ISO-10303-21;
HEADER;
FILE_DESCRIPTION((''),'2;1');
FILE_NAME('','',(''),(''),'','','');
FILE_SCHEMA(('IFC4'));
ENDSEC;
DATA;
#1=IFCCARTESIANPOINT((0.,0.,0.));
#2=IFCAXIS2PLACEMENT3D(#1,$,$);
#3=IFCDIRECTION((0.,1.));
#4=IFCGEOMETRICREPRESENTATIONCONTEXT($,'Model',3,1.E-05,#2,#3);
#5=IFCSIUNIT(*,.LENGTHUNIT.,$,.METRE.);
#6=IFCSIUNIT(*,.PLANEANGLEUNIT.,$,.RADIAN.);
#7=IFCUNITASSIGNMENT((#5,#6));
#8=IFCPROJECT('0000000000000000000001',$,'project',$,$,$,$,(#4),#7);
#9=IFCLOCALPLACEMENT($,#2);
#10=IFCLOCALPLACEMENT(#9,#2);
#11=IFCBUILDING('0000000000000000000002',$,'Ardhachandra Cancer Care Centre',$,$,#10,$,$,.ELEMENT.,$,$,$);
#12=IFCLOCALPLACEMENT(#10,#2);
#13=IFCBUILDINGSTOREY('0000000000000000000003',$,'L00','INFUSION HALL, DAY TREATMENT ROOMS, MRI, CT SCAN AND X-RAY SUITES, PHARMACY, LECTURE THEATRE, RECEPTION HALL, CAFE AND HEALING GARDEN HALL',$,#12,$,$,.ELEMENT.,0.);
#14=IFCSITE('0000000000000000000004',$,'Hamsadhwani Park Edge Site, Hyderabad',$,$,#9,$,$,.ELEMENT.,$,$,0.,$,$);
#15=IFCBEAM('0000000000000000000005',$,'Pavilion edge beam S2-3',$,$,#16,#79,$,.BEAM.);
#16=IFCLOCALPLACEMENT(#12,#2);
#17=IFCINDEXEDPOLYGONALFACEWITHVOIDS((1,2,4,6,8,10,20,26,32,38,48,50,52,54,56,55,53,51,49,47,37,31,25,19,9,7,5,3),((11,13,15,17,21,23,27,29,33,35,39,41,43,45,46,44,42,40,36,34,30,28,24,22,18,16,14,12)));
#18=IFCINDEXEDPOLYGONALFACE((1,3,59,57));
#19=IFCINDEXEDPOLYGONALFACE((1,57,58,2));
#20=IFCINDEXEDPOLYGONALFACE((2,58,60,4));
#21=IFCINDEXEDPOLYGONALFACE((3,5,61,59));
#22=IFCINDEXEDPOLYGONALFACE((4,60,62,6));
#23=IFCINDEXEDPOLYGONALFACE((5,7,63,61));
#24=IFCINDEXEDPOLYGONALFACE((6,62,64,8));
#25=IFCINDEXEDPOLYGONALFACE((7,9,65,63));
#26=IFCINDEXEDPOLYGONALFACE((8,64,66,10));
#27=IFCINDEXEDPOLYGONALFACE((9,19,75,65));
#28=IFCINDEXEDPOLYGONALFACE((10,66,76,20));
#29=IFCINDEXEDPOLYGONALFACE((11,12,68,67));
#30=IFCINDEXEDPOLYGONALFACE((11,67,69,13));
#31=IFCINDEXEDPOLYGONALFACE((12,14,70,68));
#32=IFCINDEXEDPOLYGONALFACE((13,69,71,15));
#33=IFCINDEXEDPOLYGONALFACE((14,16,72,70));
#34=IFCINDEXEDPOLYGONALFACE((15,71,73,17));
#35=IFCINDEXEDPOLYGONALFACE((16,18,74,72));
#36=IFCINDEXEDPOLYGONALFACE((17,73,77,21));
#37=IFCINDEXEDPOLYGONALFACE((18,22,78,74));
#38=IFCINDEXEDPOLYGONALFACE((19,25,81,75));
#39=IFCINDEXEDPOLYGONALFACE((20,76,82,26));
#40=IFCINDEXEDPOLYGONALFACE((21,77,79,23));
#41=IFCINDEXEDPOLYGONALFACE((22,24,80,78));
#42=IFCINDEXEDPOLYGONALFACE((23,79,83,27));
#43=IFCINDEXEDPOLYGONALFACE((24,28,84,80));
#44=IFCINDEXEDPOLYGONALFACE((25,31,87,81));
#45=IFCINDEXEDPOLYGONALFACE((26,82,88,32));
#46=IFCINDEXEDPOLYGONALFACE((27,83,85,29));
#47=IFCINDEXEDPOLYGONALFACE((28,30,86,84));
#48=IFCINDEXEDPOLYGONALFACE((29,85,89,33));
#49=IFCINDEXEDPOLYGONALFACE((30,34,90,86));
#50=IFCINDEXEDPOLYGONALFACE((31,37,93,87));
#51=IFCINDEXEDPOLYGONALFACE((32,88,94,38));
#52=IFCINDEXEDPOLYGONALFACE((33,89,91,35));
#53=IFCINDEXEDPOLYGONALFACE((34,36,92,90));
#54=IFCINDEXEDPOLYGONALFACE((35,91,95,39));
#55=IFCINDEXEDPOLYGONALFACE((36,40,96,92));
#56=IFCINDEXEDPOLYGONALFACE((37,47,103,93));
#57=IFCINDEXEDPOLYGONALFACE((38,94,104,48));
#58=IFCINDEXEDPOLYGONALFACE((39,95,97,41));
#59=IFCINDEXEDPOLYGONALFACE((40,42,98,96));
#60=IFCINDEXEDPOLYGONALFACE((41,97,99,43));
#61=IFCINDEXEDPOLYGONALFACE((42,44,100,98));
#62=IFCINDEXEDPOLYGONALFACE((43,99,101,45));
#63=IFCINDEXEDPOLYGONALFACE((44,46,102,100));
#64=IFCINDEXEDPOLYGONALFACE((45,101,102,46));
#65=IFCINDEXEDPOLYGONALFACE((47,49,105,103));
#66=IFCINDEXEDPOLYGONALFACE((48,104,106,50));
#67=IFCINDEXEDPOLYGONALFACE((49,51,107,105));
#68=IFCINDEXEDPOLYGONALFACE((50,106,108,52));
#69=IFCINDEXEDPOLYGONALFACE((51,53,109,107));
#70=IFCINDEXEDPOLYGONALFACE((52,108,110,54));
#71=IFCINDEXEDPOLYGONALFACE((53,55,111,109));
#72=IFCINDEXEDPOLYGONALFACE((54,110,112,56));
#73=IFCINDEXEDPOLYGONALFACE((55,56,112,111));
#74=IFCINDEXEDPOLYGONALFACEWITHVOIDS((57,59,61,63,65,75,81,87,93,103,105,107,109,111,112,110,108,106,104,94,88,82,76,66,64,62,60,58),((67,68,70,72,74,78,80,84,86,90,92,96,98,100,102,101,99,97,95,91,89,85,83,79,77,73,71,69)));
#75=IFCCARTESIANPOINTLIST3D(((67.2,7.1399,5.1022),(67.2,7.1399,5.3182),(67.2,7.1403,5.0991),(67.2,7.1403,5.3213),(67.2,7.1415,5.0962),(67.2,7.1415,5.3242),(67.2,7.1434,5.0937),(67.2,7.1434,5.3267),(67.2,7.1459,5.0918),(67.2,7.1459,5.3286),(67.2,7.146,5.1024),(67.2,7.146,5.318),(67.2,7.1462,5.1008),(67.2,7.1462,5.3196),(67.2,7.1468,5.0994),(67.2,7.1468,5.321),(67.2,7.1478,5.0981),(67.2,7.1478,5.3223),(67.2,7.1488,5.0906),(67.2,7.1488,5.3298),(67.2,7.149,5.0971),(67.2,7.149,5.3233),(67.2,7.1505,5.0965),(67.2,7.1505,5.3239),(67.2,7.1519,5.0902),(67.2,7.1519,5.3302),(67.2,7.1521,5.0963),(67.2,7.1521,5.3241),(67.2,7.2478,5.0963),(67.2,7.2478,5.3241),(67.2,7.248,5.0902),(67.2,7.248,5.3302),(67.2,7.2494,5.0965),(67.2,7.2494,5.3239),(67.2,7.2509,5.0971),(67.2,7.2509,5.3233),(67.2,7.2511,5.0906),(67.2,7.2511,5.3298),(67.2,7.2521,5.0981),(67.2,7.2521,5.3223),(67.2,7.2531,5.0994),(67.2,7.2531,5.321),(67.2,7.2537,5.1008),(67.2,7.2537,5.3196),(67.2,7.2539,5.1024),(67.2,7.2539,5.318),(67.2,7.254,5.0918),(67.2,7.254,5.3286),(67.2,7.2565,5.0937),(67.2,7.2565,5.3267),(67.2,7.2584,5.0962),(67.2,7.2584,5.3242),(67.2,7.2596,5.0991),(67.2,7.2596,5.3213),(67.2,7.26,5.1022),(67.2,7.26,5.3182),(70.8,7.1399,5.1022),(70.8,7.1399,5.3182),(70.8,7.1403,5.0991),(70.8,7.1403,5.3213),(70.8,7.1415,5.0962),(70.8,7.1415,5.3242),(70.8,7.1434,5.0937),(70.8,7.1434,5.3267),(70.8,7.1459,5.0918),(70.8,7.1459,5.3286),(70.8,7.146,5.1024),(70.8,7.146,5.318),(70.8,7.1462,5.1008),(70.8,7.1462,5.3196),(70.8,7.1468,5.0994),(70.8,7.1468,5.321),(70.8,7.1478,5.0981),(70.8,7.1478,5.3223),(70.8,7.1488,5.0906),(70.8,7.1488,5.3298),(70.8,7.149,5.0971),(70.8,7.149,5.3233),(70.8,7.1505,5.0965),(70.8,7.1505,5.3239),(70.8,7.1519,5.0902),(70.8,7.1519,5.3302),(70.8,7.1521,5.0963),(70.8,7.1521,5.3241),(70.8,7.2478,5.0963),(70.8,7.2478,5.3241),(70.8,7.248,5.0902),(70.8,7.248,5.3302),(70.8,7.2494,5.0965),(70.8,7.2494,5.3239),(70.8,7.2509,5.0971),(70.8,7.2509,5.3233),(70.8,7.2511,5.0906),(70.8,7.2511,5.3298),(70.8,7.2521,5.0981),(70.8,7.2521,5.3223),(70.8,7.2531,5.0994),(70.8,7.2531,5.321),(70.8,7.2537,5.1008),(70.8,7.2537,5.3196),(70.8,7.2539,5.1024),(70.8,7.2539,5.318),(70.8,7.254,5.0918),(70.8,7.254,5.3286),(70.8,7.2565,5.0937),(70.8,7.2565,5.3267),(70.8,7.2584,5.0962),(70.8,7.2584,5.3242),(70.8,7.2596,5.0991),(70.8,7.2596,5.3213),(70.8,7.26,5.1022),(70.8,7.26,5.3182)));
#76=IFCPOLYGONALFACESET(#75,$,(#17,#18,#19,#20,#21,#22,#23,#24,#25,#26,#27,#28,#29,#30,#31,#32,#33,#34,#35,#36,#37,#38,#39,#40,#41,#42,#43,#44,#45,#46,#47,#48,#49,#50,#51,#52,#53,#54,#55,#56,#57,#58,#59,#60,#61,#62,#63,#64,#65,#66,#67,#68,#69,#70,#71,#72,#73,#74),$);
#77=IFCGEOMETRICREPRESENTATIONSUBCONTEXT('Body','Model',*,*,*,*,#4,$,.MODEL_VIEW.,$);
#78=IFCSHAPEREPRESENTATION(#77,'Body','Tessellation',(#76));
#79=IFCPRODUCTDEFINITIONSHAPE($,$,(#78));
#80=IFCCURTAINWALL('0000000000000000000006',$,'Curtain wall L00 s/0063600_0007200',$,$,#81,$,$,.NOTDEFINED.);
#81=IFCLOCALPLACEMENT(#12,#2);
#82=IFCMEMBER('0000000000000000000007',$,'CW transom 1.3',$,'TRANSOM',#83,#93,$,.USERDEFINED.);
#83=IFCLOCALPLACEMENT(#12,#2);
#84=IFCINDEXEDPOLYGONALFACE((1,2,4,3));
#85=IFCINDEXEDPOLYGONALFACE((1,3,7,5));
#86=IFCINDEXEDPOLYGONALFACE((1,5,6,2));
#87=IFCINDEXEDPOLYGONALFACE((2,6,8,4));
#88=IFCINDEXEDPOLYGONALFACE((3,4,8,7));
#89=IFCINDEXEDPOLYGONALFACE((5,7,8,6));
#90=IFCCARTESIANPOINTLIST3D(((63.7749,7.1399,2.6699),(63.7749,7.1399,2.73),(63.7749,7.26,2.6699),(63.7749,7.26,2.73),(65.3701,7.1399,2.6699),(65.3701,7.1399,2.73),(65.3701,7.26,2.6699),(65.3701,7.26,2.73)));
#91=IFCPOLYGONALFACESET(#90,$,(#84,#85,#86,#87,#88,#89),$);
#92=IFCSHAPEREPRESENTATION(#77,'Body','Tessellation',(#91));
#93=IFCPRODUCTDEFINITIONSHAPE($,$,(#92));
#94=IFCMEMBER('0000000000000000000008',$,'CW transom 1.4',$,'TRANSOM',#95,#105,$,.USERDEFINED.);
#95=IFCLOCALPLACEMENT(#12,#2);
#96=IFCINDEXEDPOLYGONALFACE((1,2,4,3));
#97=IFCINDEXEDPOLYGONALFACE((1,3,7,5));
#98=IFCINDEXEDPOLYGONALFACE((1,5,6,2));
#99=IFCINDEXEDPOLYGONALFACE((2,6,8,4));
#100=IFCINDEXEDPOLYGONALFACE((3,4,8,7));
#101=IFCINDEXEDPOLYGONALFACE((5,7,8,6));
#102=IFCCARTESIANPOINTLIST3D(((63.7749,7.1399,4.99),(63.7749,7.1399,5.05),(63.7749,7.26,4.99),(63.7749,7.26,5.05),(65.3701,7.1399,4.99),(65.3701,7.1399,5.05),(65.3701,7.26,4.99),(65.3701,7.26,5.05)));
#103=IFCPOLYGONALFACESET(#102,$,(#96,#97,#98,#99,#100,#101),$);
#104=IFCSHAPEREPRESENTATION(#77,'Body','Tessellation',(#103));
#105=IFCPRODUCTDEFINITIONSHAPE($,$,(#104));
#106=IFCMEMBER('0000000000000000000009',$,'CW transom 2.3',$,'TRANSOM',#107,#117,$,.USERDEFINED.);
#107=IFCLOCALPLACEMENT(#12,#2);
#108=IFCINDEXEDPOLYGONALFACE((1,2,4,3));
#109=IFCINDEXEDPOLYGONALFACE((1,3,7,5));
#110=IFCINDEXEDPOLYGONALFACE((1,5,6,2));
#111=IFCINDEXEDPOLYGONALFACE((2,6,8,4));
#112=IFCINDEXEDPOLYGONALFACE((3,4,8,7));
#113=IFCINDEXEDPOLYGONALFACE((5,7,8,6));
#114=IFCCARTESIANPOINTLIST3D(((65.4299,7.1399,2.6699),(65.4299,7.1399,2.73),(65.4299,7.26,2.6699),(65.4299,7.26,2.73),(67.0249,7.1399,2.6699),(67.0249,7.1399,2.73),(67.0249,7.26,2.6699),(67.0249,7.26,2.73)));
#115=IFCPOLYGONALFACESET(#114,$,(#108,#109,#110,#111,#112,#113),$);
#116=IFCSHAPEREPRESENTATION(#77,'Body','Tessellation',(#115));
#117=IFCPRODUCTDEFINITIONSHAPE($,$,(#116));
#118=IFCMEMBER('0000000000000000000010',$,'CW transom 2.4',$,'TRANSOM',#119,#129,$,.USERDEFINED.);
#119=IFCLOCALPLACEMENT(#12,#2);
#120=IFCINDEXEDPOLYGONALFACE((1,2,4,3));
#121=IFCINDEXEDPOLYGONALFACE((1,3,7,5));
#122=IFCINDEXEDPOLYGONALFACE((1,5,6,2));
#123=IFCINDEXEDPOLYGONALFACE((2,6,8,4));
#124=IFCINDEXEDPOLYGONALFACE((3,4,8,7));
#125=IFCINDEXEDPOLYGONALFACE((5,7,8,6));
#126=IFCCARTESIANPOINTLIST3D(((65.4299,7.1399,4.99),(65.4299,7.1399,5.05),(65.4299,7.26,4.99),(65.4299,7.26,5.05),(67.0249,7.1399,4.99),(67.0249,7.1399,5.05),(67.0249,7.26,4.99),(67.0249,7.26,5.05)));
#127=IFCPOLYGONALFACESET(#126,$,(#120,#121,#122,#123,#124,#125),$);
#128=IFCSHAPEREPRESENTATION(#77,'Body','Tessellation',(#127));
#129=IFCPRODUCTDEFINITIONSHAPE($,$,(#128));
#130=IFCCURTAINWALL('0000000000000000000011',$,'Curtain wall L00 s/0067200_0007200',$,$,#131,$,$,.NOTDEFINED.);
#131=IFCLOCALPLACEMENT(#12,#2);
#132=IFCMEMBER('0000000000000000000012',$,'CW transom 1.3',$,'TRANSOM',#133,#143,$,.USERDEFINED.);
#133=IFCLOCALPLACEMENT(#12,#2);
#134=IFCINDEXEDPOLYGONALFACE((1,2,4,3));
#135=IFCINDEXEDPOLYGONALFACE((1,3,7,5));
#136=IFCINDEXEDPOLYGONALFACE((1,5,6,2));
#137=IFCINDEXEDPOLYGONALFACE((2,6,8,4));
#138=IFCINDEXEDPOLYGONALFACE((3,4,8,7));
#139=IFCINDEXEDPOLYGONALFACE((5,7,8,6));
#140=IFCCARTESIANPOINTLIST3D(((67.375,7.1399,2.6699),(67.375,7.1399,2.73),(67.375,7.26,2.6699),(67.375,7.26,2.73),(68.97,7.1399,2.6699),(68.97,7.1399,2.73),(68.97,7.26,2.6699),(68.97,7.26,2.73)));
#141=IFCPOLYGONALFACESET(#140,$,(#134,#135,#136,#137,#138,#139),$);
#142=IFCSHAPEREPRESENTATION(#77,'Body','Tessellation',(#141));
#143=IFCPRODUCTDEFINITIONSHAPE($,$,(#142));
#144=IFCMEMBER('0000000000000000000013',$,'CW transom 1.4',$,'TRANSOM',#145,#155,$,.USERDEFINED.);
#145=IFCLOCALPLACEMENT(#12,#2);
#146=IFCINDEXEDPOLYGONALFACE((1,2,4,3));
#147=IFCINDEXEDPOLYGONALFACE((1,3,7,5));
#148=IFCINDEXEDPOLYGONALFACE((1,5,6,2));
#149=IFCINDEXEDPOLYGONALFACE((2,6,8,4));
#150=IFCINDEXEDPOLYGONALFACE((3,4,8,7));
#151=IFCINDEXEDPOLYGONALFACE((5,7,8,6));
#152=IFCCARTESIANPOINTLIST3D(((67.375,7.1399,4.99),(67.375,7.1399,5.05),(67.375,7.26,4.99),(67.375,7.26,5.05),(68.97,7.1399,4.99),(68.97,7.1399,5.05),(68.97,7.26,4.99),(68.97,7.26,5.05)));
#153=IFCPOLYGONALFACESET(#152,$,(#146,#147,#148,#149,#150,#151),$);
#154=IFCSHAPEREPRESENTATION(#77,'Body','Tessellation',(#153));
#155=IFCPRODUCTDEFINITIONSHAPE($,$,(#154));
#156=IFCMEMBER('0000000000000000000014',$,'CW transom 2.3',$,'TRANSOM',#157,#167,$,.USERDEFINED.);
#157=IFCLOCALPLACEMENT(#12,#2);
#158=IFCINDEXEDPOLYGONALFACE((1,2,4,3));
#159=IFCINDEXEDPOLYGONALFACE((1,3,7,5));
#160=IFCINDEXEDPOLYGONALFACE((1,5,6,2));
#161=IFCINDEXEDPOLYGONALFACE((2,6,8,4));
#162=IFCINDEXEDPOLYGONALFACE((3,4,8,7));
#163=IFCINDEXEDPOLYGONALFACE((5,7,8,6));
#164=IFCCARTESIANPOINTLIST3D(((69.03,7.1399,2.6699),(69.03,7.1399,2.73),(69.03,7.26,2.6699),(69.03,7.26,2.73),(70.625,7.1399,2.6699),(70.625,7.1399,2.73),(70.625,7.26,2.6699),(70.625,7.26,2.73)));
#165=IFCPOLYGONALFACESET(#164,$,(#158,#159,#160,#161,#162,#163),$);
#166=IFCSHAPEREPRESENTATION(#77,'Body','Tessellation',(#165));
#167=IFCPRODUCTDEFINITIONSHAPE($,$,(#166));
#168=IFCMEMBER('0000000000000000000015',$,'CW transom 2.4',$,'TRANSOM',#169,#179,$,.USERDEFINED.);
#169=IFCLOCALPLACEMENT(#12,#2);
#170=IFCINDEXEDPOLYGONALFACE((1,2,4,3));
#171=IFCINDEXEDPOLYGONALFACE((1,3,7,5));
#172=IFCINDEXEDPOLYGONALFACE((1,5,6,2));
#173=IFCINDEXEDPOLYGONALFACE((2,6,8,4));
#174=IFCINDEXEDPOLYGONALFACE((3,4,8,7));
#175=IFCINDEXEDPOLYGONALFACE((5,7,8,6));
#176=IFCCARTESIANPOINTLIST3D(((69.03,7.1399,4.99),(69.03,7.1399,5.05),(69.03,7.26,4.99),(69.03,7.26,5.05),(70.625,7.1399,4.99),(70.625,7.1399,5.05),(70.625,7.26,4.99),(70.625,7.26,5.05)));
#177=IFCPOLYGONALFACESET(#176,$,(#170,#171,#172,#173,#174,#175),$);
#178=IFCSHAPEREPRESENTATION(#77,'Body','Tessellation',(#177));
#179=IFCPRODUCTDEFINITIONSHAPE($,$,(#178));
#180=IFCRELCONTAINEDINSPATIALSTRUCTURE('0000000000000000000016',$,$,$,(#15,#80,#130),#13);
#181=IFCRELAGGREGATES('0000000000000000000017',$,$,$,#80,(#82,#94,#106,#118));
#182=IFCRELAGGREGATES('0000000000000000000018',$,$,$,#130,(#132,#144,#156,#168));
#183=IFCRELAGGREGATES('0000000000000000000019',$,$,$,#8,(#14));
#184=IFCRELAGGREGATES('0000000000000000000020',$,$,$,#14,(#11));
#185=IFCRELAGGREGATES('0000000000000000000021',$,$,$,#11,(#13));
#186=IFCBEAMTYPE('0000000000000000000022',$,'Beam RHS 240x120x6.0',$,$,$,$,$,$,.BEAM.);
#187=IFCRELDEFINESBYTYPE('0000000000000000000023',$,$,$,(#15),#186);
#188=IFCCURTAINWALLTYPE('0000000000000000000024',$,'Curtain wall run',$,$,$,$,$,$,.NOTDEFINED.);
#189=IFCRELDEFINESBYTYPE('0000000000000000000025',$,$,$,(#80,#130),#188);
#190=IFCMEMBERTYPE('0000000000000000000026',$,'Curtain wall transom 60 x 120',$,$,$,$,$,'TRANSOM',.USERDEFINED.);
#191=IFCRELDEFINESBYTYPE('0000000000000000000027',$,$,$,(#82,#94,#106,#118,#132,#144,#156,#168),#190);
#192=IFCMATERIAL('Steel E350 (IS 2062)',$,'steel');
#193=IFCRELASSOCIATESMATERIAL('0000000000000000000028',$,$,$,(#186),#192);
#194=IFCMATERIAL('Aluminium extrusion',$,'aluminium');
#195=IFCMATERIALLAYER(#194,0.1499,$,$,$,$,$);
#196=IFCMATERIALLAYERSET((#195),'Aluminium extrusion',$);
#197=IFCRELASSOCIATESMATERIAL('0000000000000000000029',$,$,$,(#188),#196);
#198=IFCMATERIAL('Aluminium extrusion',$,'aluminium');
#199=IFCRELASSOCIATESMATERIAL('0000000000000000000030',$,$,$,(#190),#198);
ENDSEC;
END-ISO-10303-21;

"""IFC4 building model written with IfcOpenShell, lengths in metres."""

from ifc_helpers import new_model, si_unit, direction, frame, origin, origin_2d, place, context, subcontext, project, spatial, rectangle, hollow_rectangle, extrude, material, layer, layer_set, material_profile, profile_set, type_object, element, aggregate, save


model = new_model("IFC4")

# Units and contexts
model_context = context("Model", 3, precision=1e-05, world=origin(), true_north=direction((0.0, 1.0)))
body_context = subcontext(model_context, "Body", "Model", "MODEL_VIEW")
ifc_project = project(units=[si_unit("LENGTHUNIT", "METRE"), si_unit("PLANEANGLEUNIT", "RADIAN")], contexts=[model_context])

# Site, building, storey
site_placement = place(None, origin())
site = spatial("IfcSite", under=ifc_project, at=site_placement, Name="Hamsadhwani Park Edge Site, Hyderabad", CompositionType="ELEMENT", RefElevation=0.0)
building_placement = place(site_placement, origin())
building = spatial("IfcBuilding", under=site, at=building_placement, Name="Ardhachandra Cancer Care Centre", CompositionType="ELEMENT")
storey_placement = place(building_placement, origin())
storey = spatial("IfcBuildingStorey", under=building, at=storey_placement, Name="L00", Description="INFUSION HALL, DAY TREATMENT ROOMS, MRI, CT SCAN AND X-RAY SUITES, PHARMACY, LECTURE THEATRE, RECEPTION HALL, CAFE AND HEALING GARDEN HALL", CompositionType="ELEMENT", Elevation=0.0)

# Beam
ifc_material_1 = material(Name="Steel E350 (IS 2062)", Category="steel")
ifc_material_profile_1 = material_profile(ifc_material_1, hollow_rectangle(XDim=0.1201, YDim=0.24, WallThickness=0.0061, InnerFilletRadius=0.0061, OuterFilletRadius=0.012, at=origin_2d()), Name="RHS 240x120x6.0")
ifc_profile_set_1 = profile_set([ifc_material_profile_1], Name="Steel E350 (IS 2062)")
beam_type = type_object("IfcBeamType", Name="Beam RHS 240x120x6.0", PredefinedType="BEAM", material=ifc_profile_set_1)
beam_placement = place(storey_placement, frame((67.2, 7.2, 5.2102), z_axis=(1.0, 0.0, 0.0), x_axis=(0.0, 1.0, 0.0)))
element("IfcBeam", 1, at=beam_placement, inside=storey, type_object=beam_type, Name="Pavilion edge beam S2-3", PredefinedType="BEAM", context=body_context, shape_type="SweptSolid", body=[
    extrude(hollow_rectangle(XDim=0.1201, YDim=0.24, WallThickness=0.0061, InnerFilletRadius=0.0061, OuterFilletRadius=0.012, at=origin_2d()), origin(), (0.0, 0.0, 1.0), 3.6001),
])

# Curtain walls, members
ifc_material_2 = material(Name="Aluminium extrusion", Category="aluminium")
ifc_layer_1 = layer(ifc_material_2, 0.1499)
ifc_layer_set_1 = layer_set([ifc_layer_1], Name="Aluminium extrusion")
curtain_wall_type = type_object("IfcCurtainWallType", Name="Curtain wall run", PredefinedType="NOTDEFINED", material=ifc_layer_set_1)
curtain_wall_1_placement = place(storey_placement, origin())
curtain_wall_1 = element("IfcCurtainWall", 2, at=curtain_wall_1_placement, inside=storey, type_object=curtain_wall_type, Name="Curtain wall L00 s/0063600_0007200", PredefinedType="NOTDEFINED")
ifc_material_3 = material(Name="Aluminium extrusion", Category="aluminium")
ifc_material_profile_2 = material_profile(ifc_material_3, rectangle(XDim=0.1201, YDim=0.0601, at=origin_2d()), Name="Curtain wall transom 60 x 120")
ifc_profile_set_2 = profile_set([ifc_material_profile_2], Name="Aluminium extrusion")
member_type_1 = type_object("IfcMemberType", Name="Curtain wall transom 60 x 120", ElementType="TRANSOM", PredefinedType="USERDEFINED", material=ifc_profile_set_2)
member_1_placement = place(storey_placement, frame((63.7749, 7.2, 2.7), z_axis=(1.0, 0.0, 0.0), x_axis=(0.0, 1.0, 0.0)))
member_1 = element("IfcMember", 3, at=member_1_placement, type_object=member_type_1, Name="CW transom 1.3", ObjectType="TRANSOM", PredefinedType="USERDEFINED", context=body_context, shape_type="SweptSolid", body=[
    extrude(rectangle(XDim=0.1201, YDim=0.0601, at=origin_2d()), origin(), (0.0, 0.0, 1.0), 1.5952),
])
member_2_placement = place(storey_placement, frame((63.7749, 7.2, 5.02), z_axis=(1.0, 0.0, 0.0), x_axis=(0.0, 1.0, 0.0)))
member_2 = element("IfcMember", 4, at=member_2_placement, type_object=member_type_1, Name="CW transom 1.4", ObjectType="TRANSOM", PredefinedType="USERDEFINED", context=body_context, shape_type="SweptSolid", body=[
    extrude(rectangle(XDim=0.1201, YDim=0.0601, at=origin_2d()), origin(), (0.0, 0.0, 1.0), 1.5952),
])
member_3_placement = place(storey_placement, frame((65.4299, 7.2, 2.7), z_axis=(1.0, 0.0, 0.0), x_axis=(0.0, 1.0, 0.0)))
member_3 = element("IfcMember", 5, at=member_3_placement, type_object=member_type_1, Name="CW transom 2.3", ObjectType="TRANSOM", PredefinedType="USERDEFINED", context=body_context, shape_type="SweptSolid", body=[
    extrude(rectangle(XDim=0.1201, YDim=0.0601, at=origin_2d()), origin(), (0.0, 0.0, 1.0), 1.595),
])
member_4_placement = place(storey_placement, frame((65.4299, 7.2, 5.02), z_axis=(1.0, 0.0, 0.0), x_axis=(0.0, 1.0, 0.0)))
member_4 = element("IfcMember", 6, at=member_4_placement, type_object=member_type_1, Name="CW transom 2.4", ObjectType="TRANSOM", PredefinedType="USERDEFINED", context=body_context, shape_type="SweptSolid", body=[
    extrude(rectangle(XDim=0.1201, YDim=0.0601, at=origin_2d()), origin(), (0.0, 0.0, 1.0), 1.595),
])
curtain_wall_2_placement = place(storey_placement, origin())
curtain_wall_2 = element("IfcCurtainWall", 7, at=curtain_wall_2_placement, inside=storey, type_object=curtain_wall_type, Name="Curtain wall L00 s/0067200_0007200", PredefinedType="NOTDEFINED")
member_5_placement = place(storey_placement, frame((67.375, 7.2, 2.7), z_axis=(1.0, 0.0, 0.0), x_axis=(0.0, 1.0, 0.0)))
member_5 = element("IfcMember", 8, at=member_5_placement, type_object=member_type_1, Name="CW transom 1.3", ObjectType="TRANSOM", PredefinedType="USERDEFINED", context=body_context, shape_type="SweptSolid", body=[
    extrude(rectangle(XDim=0.1201, YDim=0.0601, at=origin_2d()), origin(), (0.0, 0.0, 1.0), 1.595),
])
member_6_placement = place(storey_placement, frame((67.375, 7.2, 5.02), z_axis=(1.0, 0.0, 0.0), x_axis=(0.0, 1.0, 0.0)))
member_6 = element("IfcMember", 9, at=member_6_placement, type_object=member_type_1, Name="CW transom 1.4", ObjectType="TRANSOM", PredefinedType="USERDEFINED", context=body_context, shape_type="SweptSolid", body=[
    extrude(rectangle(XDim=0.1201, YDim=0.0601, at=origin_2d()), origin(), (0.0, 0.0, 1.0), 1.595),
])
member_7_placement = place(storey_placement, frame((69.03, 7.2, 2.7), z_axis=(1.0, 0.0, 0.0), x_axis=(0.0, 1.0, 0.0)))
member_7 = element("IfcMember", 10, at=member_7_placement, type_object=member_type_1, Name="CW transom 2.3", ObjectType="TRANSOM", PredefinedType="USERDEFINED", context=body_context, shape_type="SweptSolid", body=[
    extrude(rectangle(XDim=0.1201, YDim=0.0601, at=origin_2d()), origin(), (0.0, 0.0, 1.0), 1.595),
])
member_8_placement = place(storey_placement, frame((69.03, 7.2, 5.02), z_axis=(1.0, 0.0, 0.0), x_axis=(0.0, 1.0, 0.0)))
member_8 = element("IfcMember", 11, at=member_8_placement, type_object=member_type_1, Name="CW transom 2.4", ObjectType="TRANSOM", PredefinedType="USERDEFINED", context=body_context, shape_type="SweptSolid", body=[
    extrude(rectangle(XDim=0.1201, YDim=0.0601, at=origin_2d()), origin(), (0.0, 0.0, 1.0), 1.595),
])

aggregate(curtain_wall_1, [member_1, member_2, member_3, member_4])
aggregate(curtain_wall_2, [member_5, member_6, member_7, member_8])

save(model, "model.ifc")
